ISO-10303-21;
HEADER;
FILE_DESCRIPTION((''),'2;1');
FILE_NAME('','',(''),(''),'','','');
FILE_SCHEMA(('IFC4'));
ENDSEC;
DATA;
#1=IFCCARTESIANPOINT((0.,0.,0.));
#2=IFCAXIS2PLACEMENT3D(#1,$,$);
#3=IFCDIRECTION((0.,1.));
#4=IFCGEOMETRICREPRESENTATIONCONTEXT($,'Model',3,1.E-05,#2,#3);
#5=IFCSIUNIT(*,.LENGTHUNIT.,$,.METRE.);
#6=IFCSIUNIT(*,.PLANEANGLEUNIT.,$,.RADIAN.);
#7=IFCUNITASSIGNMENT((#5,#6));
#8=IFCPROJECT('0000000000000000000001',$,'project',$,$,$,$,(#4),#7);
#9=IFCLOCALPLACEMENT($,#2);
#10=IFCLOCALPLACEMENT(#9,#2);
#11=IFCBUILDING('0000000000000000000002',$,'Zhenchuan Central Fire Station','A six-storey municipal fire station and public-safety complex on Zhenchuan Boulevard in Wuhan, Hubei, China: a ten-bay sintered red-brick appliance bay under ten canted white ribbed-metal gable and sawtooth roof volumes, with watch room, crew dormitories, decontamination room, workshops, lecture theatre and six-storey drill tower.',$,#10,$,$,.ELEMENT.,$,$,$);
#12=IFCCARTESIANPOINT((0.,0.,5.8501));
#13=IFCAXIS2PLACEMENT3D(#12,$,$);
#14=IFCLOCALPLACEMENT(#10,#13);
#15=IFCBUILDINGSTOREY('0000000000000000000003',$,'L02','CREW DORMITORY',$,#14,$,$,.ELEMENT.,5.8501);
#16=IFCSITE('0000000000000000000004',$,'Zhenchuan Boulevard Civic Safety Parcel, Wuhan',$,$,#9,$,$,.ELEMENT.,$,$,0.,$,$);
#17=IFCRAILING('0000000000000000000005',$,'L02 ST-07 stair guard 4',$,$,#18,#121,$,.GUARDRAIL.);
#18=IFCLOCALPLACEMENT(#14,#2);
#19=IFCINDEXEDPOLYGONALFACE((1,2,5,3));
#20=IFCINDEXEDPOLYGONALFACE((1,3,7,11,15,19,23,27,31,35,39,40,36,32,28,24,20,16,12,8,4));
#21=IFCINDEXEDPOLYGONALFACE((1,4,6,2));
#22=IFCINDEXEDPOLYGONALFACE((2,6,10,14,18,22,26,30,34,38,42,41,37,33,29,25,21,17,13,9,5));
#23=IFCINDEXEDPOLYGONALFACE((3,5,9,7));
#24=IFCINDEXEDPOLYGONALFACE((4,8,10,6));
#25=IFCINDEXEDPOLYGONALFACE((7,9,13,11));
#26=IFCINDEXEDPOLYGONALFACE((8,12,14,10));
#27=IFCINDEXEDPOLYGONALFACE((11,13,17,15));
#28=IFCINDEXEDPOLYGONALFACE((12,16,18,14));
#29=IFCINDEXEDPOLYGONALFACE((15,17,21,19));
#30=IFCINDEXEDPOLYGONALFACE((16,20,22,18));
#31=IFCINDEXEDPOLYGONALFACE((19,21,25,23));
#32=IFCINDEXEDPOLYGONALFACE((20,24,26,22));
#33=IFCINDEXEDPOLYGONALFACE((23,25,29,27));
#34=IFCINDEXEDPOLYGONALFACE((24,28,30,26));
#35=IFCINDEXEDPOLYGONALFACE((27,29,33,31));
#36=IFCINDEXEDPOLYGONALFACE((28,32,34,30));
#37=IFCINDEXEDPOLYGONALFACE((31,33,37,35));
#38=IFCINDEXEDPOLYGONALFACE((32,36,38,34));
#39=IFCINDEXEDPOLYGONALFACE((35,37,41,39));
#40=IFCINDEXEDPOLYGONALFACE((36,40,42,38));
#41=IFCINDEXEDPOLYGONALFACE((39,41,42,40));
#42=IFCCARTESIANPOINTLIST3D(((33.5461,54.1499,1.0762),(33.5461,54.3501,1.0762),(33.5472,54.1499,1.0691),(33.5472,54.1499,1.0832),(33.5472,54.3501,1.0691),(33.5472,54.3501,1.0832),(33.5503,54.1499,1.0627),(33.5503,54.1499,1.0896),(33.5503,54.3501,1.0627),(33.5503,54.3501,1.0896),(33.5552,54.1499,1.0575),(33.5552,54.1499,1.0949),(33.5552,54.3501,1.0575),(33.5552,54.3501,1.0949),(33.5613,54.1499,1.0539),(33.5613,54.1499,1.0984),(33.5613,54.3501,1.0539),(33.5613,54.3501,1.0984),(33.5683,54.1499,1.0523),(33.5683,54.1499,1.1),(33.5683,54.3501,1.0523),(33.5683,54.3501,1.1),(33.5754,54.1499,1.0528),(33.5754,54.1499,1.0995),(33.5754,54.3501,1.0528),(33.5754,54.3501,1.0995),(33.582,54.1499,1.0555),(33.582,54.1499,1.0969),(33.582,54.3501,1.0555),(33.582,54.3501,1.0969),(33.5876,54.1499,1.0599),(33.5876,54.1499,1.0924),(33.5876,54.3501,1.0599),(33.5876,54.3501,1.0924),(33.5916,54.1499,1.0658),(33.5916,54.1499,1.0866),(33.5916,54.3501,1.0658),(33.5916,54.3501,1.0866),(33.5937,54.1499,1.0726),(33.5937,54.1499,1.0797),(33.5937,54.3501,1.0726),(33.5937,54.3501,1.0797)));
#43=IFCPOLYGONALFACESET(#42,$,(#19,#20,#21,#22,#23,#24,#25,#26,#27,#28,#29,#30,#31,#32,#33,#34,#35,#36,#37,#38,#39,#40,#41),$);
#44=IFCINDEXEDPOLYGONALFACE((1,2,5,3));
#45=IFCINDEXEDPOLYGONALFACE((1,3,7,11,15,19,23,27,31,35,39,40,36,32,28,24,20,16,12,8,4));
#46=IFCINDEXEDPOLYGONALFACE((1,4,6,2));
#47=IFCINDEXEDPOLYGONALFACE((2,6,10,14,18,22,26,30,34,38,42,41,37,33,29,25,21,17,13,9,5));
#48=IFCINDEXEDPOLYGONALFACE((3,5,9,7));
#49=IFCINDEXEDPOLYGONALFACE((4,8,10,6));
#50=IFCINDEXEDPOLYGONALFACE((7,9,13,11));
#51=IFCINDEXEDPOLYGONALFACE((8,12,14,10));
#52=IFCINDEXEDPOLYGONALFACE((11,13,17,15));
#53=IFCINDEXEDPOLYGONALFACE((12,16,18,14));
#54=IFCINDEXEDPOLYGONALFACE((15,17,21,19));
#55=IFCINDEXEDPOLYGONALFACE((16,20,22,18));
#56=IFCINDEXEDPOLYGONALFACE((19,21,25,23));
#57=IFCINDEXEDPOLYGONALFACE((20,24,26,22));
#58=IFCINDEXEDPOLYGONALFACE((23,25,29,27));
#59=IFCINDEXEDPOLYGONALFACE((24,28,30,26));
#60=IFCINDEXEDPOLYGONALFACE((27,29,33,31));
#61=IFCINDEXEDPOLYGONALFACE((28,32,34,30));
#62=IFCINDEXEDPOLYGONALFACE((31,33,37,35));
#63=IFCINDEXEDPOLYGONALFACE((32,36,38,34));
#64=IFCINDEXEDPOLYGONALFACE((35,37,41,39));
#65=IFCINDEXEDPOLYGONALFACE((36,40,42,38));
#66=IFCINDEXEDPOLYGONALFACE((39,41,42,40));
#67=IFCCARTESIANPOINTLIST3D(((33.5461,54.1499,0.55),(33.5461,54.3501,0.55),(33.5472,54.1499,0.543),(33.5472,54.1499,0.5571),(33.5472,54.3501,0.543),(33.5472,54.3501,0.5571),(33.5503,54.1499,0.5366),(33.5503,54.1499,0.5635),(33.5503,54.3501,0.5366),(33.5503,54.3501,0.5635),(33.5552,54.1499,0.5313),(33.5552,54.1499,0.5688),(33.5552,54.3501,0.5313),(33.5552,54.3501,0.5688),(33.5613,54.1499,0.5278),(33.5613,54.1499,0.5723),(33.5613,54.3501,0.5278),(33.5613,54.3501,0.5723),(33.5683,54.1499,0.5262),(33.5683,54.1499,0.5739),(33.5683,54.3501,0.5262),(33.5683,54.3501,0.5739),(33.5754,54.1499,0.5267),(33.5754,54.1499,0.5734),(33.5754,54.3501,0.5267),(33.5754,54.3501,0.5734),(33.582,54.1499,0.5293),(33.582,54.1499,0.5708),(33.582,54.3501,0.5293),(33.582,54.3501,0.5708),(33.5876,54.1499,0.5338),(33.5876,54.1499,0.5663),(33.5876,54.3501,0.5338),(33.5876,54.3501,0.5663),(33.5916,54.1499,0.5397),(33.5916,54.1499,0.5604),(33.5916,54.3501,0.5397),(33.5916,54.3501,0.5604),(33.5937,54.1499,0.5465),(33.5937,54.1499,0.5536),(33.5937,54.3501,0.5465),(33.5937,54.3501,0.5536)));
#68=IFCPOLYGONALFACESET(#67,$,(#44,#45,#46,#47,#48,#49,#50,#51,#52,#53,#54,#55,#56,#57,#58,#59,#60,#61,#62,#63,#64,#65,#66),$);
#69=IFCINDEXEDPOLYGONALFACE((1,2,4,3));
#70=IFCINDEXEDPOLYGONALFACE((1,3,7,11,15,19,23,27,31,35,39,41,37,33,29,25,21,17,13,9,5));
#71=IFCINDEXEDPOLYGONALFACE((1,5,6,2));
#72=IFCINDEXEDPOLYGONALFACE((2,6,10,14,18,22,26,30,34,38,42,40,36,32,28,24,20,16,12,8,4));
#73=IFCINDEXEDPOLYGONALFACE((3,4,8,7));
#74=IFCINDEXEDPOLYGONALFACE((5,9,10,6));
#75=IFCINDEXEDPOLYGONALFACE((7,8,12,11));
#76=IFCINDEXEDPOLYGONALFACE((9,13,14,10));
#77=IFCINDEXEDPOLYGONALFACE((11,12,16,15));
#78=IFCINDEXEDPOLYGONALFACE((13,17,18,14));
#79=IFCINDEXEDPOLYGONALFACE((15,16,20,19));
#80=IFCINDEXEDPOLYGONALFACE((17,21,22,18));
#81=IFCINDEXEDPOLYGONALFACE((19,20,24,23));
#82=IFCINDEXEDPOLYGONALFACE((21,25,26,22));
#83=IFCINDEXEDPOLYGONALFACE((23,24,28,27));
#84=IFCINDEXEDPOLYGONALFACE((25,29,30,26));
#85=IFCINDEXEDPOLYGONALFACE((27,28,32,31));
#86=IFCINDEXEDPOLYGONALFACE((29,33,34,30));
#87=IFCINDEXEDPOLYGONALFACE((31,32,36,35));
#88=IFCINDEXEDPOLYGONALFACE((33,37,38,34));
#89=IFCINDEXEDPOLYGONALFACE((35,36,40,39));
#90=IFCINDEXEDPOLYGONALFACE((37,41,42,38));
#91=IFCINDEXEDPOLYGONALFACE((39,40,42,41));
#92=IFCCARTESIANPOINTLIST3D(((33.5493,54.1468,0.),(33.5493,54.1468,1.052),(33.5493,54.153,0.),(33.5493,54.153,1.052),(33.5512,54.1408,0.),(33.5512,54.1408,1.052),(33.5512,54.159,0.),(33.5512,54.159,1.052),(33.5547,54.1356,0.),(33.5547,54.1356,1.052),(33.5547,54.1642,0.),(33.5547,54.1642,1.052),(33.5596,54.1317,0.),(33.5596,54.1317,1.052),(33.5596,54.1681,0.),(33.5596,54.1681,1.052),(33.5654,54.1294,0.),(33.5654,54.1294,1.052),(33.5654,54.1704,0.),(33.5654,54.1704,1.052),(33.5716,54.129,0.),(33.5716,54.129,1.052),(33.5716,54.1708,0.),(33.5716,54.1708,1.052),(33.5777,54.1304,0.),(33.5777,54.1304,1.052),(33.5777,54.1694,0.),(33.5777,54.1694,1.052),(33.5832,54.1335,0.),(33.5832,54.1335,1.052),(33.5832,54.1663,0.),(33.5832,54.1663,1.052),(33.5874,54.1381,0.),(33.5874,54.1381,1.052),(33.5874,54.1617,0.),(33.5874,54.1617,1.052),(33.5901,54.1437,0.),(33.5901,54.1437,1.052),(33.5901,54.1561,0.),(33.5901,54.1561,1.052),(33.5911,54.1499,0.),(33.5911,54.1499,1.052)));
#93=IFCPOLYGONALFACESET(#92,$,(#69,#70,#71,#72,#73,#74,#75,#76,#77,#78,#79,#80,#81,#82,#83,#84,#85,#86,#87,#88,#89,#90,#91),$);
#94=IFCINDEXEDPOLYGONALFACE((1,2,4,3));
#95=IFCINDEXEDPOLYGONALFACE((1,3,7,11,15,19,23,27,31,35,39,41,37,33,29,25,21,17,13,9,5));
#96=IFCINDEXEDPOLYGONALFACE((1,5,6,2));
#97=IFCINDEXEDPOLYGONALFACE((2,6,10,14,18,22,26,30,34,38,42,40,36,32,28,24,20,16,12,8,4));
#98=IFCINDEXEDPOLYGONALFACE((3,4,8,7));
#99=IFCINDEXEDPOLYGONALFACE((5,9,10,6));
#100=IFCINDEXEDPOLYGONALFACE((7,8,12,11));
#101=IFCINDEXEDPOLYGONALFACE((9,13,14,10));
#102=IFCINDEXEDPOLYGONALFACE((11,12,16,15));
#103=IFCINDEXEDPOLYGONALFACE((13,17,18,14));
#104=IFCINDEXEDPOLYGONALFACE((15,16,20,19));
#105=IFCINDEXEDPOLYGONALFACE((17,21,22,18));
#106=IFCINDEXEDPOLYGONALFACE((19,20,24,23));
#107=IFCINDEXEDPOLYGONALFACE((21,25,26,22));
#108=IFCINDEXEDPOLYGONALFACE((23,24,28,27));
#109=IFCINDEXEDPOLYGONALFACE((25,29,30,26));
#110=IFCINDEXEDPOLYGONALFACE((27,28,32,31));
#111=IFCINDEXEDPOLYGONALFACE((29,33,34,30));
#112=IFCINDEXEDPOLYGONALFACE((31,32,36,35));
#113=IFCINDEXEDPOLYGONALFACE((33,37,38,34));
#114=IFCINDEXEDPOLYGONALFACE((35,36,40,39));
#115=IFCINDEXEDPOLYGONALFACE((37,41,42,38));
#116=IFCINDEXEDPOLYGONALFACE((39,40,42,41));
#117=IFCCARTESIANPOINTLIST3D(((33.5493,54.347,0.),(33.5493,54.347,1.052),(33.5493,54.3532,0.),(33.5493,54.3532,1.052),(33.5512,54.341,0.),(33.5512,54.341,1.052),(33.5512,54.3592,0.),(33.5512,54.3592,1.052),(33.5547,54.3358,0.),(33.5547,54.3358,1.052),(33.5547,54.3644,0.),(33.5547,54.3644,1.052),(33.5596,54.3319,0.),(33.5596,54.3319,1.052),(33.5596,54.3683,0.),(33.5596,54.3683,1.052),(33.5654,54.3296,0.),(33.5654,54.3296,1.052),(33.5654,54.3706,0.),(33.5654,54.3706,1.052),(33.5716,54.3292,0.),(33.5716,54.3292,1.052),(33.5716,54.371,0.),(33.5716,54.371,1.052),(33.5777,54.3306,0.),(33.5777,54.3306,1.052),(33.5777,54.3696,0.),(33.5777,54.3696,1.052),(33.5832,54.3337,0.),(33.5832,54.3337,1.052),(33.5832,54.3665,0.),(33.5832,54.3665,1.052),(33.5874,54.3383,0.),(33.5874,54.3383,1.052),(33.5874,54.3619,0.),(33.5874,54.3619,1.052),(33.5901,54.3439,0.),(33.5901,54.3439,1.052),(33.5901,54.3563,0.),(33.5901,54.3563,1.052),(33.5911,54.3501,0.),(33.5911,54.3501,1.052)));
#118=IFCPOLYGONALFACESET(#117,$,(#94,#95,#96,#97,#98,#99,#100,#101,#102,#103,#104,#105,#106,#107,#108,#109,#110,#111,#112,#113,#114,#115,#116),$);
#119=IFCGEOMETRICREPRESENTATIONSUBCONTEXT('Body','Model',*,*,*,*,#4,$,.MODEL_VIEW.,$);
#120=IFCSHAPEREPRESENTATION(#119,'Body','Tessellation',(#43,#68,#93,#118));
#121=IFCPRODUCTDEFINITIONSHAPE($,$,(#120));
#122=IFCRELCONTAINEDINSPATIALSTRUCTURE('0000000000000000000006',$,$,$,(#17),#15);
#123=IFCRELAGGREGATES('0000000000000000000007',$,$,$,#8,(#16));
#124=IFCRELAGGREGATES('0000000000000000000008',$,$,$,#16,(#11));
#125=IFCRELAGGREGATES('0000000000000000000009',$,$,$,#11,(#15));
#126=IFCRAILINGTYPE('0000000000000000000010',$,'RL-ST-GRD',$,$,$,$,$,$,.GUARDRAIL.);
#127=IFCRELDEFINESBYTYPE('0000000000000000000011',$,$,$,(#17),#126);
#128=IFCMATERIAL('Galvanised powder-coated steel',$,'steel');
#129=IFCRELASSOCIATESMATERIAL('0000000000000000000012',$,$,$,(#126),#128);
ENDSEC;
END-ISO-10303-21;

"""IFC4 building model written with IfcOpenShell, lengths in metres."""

from ifc_helpers import new_model, si_unit, direction, frame, origin, origin_2d, place, context, subcontext, project, spatial, circle, extrude, material, type_object, element, save


model = new_model("IFC4")

# Units and contexts
model_context = context("Model", 3, precision=1e-05, world=origin(), true_north=direction((0.0, 1.0)))
body_context = subcontext(model_context, "Body", "Model", "MODEL_VIEW")
ifc_project = project(units=[si_unit("LENGTHUNIT", "METRE"), si_unit("PLANEANGLEUNIT", "RADIAN")], contexts=[model_context])

# Site, building, storey
site_placement = place(None, origin())
site = spatial("IfcSite", under=ifc_project, at=site_placement, Name="Zhenchuan Boulevard Civic Safety Parcel, Wuhan", CompositionType="ELEMENT", RefElevation=0.0)
building_placement = place(site_placement, origin())
building = spatial("IfcBuilding", under=site, at=building_placement, Name="Zhenchuan Central Fire Station", Description="A six-storey municipal fire station and public-safety complex on Zhenchuan Boulevard in Wuhan, Hubei, China: a ten-bay sintered red-brick appliance bay under ten canted white ribbed-metal gable and sawtooth roof volumes, with watch room, crew dormitories, decontamination room, workshops, lecture theatre and six-storey drill tower.", CompositionType="ELEMENT")
storey_placement = place(building_placement, frame((0.0, 0.0, 5.8501)))
storey = spatial("IfcBuildingStorey", under=building, at=storey_placement, Name="L02", Description="CREW DORMITORY", CompositionType="ELEMENT", Elevation=5.8501)

# Railing
ifc_material_1 = material(Name="Galvanised powder-coated steel", Category="steel")
railing_type_1 = type_object("IfcRailingType", Name="RL-ST-GRD", PredefinedType="GUARDRAIL", material=ifc_material_1)
railing_1_placement = place(storey_placement, frame((33.5701, 54.1499, 0.0)))
element("IfcRailing", 1, at=railing_1_placement, inside=storey, type_object=railing_type_1, Name="L02 ST-07 stair guard 4", PredefinedType="GUARDRAIL", context=body_context, shape_type="SweptSolid", body=[
    extrude(circle(Radius=0.0239, at=origin_2d()), frame((0.0, 0.0, 1.0762), z_axis=(0.0, 1.0, 0.0), x_axis=(-1.0, 0.0, 0.0)), (0.0, 0.0, 1.0), 0.2002),
    extrude(circle(Radius=0.0239, at=origin_2d()), frame((0.0, 0.0, 0.55), z_axis=(0.0, 1.0, 0.0), x_axis=(-1.0, 0.0, 0.0)), (0.0, 0.0, 1.0), 0.2002),
    extrude(circle(Radius=0.021, at=origin_2d()), origin(), (0.0, 0.0, 1.0), 1.052),
    extrude(circle(Radius=0.021, at=origin_2d()), frame((0.0, 0.2002, 0.0)), (0.0, 0.0, 1.0), 1.052),
])

save(model, "model.ifc")
